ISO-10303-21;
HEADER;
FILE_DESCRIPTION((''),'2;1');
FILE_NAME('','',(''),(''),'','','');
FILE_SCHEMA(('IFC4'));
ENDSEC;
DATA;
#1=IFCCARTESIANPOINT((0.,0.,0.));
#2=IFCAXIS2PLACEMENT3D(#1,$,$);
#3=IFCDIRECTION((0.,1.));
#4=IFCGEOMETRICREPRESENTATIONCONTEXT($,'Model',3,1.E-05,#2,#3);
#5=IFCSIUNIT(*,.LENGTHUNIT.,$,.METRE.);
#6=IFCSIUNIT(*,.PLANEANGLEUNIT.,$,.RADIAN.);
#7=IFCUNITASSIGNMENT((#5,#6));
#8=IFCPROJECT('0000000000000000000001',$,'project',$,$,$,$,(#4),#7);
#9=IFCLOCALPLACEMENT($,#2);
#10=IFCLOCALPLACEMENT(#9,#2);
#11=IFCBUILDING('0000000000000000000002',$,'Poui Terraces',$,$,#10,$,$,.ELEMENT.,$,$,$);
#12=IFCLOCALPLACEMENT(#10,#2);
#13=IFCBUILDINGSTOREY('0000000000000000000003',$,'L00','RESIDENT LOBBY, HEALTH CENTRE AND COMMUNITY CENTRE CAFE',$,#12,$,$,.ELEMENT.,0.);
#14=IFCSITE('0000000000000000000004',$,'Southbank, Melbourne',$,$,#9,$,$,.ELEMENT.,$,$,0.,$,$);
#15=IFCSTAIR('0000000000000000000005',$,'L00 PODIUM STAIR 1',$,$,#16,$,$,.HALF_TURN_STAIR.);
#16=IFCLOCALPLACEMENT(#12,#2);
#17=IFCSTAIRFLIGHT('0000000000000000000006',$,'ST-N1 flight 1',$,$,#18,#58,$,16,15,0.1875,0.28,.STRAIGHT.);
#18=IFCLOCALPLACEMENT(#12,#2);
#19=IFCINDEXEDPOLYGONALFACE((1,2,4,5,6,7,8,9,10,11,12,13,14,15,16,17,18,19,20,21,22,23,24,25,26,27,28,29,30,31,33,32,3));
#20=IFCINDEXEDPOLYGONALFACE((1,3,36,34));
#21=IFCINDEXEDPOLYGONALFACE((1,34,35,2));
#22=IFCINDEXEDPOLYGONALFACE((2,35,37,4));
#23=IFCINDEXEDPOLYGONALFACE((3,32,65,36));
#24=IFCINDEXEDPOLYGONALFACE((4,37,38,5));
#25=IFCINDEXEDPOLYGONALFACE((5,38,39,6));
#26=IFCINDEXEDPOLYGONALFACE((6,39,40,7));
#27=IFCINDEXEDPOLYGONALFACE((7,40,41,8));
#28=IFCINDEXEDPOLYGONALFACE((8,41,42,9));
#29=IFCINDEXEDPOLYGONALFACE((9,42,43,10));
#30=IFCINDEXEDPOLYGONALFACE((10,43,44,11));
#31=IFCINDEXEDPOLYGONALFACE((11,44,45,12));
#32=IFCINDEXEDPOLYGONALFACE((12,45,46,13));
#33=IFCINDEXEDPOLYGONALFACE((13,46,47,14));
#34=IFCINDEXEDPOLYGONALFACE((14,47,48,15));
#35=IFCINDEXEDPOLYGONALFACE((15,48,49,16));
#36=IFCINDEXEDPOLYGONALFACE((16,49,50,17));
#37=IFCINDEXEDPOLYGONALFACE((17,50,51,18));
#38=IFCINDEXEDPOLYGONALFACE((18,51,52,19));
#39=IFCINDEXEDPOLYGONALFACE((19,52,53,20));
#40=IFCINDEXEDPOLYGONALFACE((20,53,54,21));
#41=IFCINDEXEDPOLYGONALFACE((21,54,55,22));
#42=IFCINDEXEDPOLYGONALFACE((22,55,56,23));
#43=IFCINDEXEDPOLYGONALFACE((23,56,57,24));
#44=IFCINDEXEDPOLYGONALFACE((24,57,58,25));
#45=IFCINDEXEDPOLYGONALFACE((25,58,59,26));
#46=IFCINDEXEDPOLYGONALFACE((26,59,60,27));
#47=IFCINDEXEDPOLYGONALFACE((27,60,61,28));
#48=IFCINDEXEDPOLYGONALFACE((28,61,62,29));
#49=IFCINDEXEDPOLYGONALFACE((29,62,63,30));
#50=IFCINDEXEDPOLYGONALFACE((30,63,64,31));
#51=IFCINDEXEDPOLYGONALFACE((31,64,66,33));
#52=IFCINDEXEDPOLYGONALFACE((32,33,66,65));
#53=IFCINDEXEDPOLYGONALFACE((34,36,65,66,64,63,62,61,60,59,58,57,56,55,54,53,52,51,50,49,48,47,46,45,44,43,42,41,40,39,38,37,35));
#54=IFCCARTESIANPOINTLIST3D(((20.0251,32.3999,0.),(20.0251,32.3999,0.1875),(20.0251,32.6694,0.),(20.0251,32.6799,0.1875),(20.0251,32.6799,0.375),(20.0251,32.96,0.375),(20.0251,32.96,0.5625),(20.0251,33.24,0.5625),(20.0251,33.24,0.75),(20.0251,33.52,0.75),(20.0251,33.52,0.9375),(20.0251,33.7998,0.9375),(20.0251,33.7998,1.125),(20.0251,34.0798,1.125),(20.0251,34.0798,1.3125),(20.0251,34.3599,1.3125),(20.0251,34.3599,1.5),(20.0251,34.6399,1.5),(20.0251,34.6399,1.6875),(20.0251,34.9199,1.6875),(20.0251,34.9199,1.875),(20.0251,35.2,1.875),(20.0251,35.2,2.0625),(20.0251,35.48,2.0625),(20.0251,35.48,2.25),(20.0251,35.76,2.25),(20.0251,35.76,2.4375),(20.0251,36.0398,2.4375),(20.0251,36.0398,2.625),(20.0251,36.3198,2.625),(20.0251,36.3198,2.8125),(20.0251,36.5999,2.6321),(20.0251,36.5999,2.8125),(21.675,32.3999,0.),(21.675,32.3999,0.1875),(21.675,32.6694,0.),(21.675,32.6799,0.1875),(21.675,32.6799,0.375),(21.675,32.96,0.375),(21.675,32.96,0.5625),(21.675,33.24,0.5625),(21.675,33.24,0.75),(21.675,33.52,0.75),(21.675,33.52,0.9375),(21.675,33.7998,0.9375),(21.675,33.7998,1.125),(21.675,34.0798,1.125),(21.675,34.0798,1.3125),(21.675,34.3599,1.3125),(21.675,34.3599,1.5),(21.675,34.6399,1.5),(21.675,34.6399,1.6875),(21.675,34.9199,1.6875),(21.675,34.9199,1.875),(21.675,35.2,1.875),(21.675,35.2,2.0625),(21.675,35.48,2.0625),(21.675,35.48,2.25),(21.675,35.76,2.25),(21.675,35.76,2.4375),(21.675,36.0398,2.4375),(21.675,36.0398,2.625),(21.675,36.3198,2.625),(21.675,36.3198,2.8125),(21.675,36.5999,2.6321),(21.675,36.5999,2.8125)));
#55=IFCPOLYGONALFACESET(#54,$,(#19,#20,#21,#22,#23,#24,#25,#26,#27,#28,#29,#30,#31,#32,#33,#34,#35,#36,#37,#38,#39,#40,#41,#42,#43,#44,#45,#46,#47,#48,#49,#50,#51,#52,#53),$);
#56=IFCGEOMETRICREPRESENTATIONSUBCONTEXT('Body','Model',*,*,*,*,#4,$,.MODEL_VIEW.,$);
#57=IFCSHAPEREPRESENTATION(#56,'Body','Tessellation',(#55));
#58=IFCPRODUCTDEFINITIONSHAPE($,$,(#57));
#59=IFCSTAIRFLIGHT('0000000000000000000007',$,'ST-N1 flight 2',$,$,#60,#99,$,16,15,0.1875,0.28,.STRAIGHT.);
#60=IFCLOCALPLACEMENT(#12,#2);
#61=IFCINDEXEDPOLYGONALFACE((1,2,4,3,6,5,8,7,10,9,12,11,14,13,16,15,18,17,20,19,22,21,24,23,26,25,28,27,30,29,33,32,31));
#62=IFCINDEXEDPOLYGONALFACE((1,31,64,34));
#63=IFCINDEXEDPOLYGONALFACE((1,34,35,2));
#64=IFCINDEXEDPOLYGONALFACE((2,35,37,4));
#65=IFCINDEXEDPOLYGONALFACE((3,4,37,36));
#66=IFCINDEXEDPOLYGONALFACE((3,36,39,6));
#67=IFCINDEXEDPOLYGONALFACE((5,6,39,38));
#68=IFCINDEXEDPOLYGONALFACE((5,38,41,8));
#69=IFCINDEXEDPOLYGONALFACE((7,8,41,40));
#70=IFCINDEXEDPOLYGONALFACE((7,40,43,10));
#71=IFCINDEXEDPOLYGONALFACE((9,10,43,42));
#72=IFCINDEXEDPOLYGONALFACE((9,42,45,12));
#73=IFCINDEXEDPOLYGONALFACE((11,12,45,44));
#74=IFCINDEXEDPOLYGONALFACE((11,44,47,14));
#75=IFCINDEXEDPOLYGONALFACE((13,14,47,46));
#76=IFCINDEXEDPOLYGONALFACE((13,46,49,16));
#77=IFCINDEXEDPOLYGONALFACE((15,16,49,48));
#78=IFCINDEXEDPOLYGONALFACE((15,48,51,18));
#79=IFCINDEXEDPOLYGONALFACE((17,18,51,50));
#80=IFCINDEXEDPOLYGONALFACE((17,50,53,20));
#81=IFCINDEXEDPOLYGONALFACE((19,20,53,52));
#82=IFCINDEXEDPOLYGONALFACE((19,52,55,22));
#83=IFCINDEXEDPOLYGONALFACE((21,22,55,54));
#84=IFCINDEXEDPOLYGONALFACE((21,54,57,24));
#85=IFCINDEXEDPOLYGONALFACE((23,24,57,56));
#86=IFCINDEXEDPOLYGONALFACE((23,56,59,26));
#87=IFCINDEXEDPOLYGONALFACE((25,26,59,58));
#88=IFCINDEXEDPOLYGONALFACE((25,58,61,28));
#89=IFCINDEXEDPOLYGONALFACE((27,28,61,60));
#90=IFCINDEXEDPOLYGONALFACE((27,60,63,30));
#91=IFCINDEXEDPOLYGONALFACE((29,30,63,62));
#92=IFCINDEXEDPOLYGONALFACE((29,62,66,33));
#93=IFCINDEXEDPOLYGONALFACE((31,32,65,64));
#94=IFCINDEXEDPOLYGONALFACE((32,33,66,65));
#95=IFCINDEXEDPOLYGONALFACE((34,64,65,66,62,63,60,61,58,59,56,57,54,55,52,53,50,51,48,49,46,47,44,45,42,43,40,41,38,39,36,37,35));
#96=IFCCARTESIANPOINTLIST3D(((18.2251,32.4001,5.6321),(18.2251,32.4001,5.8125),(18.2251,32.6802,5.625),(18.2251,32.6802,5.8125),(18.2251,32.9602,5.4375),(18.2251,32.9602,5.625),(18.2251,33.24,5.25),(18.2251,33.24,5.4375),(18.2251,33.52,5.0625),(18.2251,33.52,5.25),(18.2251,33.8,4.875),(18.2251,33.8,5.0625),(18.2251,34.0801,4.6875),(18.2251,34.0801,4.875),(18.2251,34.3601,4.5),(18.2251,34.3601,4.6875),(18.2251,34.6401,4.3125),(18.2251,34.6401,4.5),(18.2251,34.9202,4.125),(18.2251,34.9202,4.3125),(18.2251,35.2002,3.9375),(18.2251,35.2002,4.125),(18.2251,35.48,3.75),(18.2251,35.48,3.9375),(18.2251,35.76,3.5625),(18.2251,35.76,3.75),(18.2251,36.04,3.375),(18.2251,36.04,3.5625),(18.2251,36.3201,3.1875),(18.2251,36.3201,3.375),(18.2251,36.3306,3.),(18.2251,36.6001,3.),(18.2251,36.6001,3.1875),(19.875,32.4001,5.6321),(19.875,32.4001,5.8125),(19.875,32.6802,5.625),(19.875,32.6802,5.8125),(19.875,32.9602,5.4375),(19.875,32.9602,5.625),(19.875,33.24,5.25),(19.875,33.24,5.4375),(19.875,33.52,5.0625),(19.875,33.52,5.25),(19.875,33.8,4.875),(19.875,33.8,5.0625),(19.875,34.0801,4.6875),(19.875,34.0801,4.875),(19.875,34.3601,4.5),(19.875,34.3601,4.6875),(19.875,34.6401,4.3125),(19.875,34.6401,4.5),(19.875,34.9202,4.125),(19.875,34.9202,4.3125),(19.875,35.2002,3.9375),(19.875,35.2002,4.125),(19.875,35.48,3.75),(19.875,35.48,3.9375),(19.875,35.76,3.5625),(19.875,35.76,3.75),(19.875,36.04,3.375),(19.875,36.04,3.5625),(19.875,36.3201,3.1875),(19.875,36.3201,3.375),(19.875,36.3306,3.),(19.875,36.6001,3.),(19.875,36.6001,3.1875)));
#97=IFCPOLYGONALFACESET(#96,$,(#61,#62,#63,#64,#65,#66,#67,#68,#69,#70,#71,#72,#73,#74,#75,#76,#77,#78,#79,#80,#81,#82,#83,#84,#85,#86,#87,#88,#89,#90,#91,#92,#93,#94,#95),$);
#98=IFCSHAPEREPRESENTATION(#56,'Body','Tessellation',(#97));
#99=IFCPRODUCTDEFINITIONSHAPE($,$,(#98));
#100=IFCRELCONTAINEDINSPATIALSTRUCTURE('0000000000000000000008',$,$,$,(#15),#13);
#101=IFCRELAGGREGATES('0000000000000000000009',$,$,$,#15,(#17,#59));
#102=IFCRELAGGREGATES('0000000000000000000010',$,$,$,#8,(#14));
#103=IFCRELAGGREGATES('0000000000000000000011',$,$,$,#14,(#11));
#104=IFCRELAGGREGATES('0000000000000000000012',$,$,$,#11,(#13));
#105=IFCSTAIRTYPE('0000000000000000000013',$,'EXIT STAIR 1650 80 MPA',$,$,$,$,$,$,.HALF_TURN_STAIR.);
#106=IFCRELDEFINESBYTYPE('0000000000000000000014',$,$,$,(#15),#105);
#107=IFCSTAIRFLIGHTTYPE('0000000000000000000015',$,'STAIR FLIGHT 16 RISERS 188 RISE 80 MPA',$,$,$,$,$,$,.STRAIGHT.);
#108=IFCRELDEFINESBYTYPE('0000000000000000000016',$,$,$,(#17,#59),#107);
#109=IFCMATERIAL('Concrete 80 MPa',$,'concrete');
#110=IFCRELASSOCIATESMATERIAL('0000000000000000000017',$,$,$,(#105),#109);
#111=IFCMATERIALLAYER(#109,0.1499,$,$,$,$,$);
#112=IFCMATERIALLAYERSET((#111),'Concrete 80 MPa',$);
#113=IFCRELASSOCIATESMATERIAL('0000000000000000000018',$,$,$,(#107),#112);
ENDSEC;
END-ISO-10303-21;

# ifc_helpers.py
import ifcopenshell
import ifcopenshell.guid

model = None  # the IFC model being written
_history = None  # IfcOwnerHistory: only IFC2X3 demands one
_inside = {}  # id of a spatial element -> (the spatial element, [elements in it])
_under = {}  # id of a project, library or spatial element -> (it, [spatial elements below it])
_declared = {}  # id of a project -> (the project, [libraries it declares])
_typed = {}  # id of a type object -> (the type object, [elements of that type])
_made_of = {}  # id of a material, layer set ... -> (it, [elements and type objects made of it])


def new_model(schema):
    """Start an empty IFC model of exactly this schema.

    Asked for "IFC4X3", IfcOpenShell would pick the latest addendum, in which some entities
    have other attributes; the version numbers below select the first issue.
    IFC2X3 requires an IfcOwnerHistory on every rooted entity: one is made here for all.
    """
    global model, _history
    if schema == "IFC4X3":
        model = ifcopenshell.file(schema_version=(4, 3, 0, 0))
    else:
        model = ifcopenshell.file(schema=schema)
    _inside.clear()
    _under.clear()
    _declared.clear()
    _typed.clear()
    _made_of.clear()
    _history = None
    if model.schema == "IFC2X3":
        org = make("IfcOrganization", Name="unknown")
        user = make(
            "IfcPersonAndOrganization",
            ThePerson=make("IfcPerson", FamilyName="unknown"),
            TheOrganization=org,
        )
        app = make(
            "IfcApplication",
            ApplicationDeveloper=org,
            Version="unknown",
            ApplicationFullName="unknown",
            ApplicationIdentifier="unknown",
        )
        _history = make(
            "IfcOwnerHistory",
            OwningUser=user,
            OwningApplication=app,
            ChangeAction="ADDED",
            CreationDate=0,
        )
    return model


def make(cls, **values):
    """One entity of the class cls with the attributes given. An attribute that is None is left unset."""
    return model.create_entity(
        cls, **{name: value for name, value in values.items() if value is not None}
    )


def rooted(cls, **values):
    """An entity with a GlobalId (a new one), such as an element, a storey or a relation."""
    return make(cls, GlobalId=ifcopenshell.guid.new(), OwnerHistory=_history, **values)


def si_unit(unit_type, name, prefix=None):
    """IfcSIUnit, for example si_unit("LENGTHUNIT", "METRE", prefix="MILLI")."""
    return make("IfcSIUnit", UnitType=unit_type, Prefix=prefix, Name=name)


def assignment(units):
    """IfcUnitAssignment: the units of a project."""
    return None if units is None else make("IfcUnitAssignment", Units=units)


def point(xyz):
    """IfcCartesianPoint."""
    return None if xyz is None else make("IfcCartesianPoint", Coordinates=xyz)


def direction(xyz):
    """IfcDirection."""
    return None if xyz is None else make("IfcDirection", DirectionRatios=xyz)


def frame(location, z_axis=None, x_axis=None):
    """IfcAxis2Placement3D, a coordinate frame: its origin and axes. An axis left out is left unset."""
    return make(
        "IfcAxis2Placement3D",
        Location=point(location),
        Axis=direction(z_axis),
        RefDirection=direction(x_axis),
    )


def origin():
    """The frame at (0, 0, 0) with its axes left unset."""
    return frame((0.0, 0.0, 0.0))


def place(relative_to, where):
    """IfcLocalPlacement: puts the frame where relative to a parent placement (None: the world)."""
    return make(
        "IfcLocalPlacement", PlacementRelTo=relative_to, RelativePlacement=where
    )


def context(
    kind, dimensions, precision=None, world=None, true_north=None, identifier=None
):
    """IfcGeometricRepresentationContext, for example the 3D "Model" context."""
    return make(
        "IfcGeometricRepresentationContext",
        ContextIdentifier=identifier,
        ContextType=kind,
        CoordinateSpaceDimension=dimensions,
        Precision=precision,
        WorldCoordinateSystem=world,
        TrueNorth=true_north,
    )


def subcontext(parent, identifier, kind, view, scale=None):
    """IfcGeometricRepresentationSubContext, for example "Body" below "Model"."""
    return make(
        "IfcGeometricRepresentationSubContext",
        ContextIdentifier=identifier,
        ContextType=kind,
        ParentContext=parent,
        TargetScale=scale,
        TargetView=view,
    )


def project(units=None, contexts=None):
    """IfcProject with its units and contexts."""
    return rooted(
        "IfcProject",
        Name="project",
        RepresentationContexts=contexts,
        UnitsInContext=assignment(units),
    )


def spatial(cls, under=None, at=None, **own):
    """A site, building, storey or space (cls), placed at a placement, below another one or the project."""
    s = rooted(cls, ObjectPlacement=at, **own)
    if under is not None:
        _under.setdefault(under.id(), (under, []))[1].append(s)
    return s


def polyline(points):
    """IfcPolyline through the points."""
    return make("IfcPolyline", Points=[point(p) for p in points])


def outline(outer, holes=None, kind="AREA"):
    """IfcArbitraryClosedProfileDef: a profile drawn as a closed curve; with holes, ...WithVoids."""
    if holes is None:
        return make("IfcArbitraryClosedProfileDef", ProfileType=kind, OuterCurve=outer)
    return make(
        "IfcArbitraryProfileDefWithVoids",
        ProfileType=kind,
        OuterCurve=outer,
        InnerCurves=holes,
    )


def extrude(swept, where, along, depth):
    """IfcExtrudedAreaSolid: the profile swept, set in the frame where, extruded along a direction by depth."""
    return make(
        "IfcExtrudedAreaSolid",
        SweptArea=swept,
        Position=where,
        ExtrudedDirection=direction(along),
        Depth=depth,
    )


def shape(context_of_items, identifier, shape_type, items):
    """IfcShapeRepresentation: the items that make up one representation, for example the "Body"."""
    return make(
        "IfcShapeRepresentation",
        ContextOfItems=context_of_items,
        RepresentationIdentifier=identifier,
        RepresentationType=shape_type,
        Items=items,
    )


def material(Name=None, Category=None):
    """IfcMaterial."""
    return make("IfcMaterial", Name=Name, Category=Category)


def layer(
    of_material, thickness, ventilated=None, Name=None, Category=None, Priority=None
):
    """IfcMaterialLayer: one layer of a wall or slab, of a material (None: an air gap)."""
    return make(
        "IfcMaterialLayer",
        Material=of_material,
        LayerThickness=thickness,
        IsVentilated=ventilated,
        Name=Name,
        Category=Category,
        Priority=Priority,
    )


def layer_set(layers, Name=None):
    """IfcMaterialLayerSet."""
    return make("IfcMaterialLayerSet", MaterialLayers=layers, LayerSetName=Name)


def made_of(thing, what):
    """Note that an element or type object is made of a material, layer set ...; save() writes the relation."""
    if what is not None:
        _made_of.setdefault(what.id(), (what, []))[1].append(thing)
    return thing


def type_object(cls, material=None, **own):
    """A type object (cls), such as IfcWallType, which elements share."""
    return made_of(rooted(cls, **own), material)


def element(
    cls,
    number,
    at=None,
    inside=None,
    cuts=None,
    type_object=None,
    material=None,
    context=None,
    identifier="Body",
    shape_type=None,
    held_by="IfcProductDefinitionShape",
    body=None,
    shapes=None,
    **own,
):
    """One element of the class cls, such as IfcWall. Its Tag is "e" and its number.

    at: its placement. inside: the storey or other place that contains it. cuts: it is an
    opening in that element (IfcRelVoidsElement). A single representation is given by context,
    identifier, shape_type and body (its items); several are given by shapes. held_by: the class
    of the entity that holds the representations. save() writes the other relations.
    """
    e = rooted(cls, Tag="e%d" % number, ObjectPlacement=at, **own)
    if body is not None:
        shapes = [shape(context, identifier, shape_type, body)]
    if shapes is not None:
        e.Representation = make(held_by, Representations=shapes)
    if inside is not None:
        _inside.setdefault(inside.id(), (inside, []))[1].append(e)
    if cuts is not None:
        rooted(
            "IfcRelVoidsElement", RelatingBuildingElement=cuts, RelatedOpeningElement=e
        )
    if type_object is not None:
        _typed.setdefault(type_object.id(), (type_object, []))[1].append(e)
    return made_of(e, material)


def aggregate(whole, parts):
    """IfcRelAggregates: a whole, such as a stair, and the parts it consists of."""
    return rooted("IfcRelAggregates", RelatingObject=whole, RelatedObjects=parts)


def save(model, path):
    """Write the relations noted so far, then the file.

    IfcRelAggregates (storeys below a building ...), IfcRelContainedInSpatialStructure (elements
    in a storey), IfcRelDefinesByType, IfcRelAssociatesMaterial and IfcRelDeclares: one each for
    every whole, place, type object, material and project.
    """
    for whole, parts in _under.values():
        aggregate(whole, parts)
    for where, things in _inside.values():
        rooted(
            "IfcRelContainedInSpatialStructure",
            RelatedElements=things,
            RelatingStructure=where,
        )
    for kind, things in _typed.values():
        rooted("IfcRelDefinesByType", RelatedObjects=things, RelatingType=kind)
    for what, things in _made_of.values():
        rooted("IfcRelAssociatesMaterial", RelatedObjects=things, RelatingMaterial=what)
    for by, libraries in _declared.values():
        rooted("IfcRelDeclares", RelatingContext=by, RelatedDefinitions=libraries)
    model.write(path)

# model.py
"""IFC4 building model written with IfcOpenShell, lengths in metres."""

from ifc_helpers import new_model, si_unit, direction, frame, origin, place, context, subcontext, project, spatial, polyline, outline, extrude, material, layer, layer_set, type_object, element, aggregate, save


model = new_model("IFC4")

# Units and contexts
model_context = context("Model", 3, precision=1e-05, world=origin(), true_north=direction((0.0, 1.0)))
body_context = subcontext(model_context, "Body", "Model", "MODEL_VIEW")
ifc_project = project(units=[si_unit("LENGTHUNIT", "METRE"), si_unit("PLANEANGLEUNIT", "RADIAN")], contexts=[model_context])

# Site, building, storey
site_placement = place(None, origin())
site = spatial("IfcSite", under=ifc_project, at=site_placement, Name="Southbank, Melbourne", CompositionType="ELEMENT", RefElevation=0.0)
building_placement = place(site_placement, origin())
building = spatial("IfcBuilding", under=site, at=building_placement, Name="Poui Terraces", CompositionType="ELEMENT")
storey_placement = place(building_placement, origin())
storey = spatial("IfcBuildingStorey", under=building, at=storey_placement, Name="L00", Description="RESIDENT LOBBY, HEALTH CENTRE AND COMMUNITY CENTRE CAFE", CompositionType="ELEMENT", Elevation=0.0)

# Shared definitions
ifc_material_1 = material(Name="Concrete 80 MPa", Category="concrete")

# Stair, stair flights
stair_type = type_object("IfcStairType", Name="EXIT STAIR 1650 80 MPA", PredefinedType="HALF_TURN_STAIR", material=ifc_material_1)
stair_placement = place(storey_placement, origin())
stair = element("IfcStair", 1, at=stair_placement, inside=storey, type_object=stair_type, Name="L00 PODIUM STAIR 1", PredefinedType="HALF_TURN_STAIR")
ifc_layer_1 = layer(ifc_material_1, 0.1499)
ifc_layer_set_1 = layer_set([ifc_layer_1], Name="Concrete 80 MPa")
stair_flight_type = type_object("IfcStairFlightType", Name="STAIR FLIGHT 16 RISERS 188 RISE 80 MPA", PredefinedType="STRAIGHT", material=ifc_layer_set_1)
stair_flight_1_placement = place(storey_placement, frame((20.8501, 32.3999, 0.0), z_axis=(0.0, 0.0, 1.0), x_axis=(0.0, 1.0, 0.0)))
stair_flight_1 = element("IfcStairFlight", 2, at=stair_flight_1_placement, type_object=stair_flight_type, Name="ST-N1 flight 1", NumberOfRisers=16, NumberOfTreads=15, PredefinedType="STRAIGHT", RiserHeight=0.1875, TreadLength=0.28, context=body_context, shape_type="SweptSolid", body=[
    extrude(outline(polyline([(0.0, 0.0), (0.0, 0.1875), (0.28, 0.1875), (0.28, 0.375), (0.5601, 0.375), (0.5601, 0.5625), (0.8401, 0.5625), (0.8401, 0.75), (1.1201, 0.75), (1.1201, 0.9375), (1.3999, 0.9375), (1.3999, 1.125), (1.6799, 1.125), (1.6799, 1.3125), (1.96, 1.3125), (1.96, 1.5), (2.24, 1.5), (2.24, 1.6875), (2.52, 1.6875), (2.52, 1.875), (2.8, 1.875), (2.8, 2.0625), (3.0801, 2.0625), (3.0801, 2.25), (3.3601, 2.25), (3.3601, 2.4375), (3.6399, 2.4375), (3.6399, 2.625), (3.9199, 2.625), (3.9199, 2.8125), (4.2, 2.8125), (4.2, 3.0), (4.2, 2.6321), (0.2695, 0.0), (0.0, 0.0)])), frame((0.0, 0.825, 0.0), z_axis=(0.0, -1.0, 0.0), x_axis=(1.0, 0.0, 0.0)), (0.0, 0.0, 1.0), 1.6499),
])
stair_flight_2_placement = place(storey_placement, frame((19.05, 36.6001, 3.0), z_axis=(0.0, 0.0, 1.0), x_axis=(0.0, -1.0, 0.0)))
stair_flight_2 = element("IfcStairFlight", 3, at=stair_flight_2_placement, type_object=stair_flight_type, Name="ST-N1 flight 2", NumberOfRisers=16, NumberOfTreads=15, PredefinedType="STRAIGHT", RiserHeight=0.1875, TreadLength=0.28, context=body_context, shape_type="SweptSolid", body=[
    extrude(outline(polyline([(0.0, 0.0), (0.0, 0.1875), (0.28, 0.1875), (0.28, 0.375), (0.5601, 0.375), (0.5601, 0.5625), (0.8401, 0.5625), (0.8401, 0.75), (1.1201, 0.75), (1.1201, 0.9375), (1.3999, 0.9375), (1.3999, 1.125), (1.6799, 1.125), (1.6799, 1.3125), (1.96, 1.3125), (1.96, 1.5), (2.24, 1.5), (2.24, 1.6875), (2.52, 1.6875), (2.52, 1.875), (2.8, 1.875), (2.8, 2.0625), (3.0801, 2.0625), (3.0801, 2.25), (3.3601, 2.25), (3.3601, 2.4375), (3.6399, 2.4375), (3.6399, 2.625), (3.9199, 2.625), (3.9199, 2.8125), (4.2, 2.8125), (4.2, 3.0), (4.2, 2.6321), (0.2695, 0.0), (0.0, 0.0)])), frame((0.0, 0.825, 0.0), z_axis=(0.0, -1.0, 0.0), x_axis=(1.0, 0.0, 0.0)), (0.0, 0.0, 1.0), 1.6499),
])
aggregate(stair, [stair_flight_1, stair_flight_2])

save(model, "model.ifc")
